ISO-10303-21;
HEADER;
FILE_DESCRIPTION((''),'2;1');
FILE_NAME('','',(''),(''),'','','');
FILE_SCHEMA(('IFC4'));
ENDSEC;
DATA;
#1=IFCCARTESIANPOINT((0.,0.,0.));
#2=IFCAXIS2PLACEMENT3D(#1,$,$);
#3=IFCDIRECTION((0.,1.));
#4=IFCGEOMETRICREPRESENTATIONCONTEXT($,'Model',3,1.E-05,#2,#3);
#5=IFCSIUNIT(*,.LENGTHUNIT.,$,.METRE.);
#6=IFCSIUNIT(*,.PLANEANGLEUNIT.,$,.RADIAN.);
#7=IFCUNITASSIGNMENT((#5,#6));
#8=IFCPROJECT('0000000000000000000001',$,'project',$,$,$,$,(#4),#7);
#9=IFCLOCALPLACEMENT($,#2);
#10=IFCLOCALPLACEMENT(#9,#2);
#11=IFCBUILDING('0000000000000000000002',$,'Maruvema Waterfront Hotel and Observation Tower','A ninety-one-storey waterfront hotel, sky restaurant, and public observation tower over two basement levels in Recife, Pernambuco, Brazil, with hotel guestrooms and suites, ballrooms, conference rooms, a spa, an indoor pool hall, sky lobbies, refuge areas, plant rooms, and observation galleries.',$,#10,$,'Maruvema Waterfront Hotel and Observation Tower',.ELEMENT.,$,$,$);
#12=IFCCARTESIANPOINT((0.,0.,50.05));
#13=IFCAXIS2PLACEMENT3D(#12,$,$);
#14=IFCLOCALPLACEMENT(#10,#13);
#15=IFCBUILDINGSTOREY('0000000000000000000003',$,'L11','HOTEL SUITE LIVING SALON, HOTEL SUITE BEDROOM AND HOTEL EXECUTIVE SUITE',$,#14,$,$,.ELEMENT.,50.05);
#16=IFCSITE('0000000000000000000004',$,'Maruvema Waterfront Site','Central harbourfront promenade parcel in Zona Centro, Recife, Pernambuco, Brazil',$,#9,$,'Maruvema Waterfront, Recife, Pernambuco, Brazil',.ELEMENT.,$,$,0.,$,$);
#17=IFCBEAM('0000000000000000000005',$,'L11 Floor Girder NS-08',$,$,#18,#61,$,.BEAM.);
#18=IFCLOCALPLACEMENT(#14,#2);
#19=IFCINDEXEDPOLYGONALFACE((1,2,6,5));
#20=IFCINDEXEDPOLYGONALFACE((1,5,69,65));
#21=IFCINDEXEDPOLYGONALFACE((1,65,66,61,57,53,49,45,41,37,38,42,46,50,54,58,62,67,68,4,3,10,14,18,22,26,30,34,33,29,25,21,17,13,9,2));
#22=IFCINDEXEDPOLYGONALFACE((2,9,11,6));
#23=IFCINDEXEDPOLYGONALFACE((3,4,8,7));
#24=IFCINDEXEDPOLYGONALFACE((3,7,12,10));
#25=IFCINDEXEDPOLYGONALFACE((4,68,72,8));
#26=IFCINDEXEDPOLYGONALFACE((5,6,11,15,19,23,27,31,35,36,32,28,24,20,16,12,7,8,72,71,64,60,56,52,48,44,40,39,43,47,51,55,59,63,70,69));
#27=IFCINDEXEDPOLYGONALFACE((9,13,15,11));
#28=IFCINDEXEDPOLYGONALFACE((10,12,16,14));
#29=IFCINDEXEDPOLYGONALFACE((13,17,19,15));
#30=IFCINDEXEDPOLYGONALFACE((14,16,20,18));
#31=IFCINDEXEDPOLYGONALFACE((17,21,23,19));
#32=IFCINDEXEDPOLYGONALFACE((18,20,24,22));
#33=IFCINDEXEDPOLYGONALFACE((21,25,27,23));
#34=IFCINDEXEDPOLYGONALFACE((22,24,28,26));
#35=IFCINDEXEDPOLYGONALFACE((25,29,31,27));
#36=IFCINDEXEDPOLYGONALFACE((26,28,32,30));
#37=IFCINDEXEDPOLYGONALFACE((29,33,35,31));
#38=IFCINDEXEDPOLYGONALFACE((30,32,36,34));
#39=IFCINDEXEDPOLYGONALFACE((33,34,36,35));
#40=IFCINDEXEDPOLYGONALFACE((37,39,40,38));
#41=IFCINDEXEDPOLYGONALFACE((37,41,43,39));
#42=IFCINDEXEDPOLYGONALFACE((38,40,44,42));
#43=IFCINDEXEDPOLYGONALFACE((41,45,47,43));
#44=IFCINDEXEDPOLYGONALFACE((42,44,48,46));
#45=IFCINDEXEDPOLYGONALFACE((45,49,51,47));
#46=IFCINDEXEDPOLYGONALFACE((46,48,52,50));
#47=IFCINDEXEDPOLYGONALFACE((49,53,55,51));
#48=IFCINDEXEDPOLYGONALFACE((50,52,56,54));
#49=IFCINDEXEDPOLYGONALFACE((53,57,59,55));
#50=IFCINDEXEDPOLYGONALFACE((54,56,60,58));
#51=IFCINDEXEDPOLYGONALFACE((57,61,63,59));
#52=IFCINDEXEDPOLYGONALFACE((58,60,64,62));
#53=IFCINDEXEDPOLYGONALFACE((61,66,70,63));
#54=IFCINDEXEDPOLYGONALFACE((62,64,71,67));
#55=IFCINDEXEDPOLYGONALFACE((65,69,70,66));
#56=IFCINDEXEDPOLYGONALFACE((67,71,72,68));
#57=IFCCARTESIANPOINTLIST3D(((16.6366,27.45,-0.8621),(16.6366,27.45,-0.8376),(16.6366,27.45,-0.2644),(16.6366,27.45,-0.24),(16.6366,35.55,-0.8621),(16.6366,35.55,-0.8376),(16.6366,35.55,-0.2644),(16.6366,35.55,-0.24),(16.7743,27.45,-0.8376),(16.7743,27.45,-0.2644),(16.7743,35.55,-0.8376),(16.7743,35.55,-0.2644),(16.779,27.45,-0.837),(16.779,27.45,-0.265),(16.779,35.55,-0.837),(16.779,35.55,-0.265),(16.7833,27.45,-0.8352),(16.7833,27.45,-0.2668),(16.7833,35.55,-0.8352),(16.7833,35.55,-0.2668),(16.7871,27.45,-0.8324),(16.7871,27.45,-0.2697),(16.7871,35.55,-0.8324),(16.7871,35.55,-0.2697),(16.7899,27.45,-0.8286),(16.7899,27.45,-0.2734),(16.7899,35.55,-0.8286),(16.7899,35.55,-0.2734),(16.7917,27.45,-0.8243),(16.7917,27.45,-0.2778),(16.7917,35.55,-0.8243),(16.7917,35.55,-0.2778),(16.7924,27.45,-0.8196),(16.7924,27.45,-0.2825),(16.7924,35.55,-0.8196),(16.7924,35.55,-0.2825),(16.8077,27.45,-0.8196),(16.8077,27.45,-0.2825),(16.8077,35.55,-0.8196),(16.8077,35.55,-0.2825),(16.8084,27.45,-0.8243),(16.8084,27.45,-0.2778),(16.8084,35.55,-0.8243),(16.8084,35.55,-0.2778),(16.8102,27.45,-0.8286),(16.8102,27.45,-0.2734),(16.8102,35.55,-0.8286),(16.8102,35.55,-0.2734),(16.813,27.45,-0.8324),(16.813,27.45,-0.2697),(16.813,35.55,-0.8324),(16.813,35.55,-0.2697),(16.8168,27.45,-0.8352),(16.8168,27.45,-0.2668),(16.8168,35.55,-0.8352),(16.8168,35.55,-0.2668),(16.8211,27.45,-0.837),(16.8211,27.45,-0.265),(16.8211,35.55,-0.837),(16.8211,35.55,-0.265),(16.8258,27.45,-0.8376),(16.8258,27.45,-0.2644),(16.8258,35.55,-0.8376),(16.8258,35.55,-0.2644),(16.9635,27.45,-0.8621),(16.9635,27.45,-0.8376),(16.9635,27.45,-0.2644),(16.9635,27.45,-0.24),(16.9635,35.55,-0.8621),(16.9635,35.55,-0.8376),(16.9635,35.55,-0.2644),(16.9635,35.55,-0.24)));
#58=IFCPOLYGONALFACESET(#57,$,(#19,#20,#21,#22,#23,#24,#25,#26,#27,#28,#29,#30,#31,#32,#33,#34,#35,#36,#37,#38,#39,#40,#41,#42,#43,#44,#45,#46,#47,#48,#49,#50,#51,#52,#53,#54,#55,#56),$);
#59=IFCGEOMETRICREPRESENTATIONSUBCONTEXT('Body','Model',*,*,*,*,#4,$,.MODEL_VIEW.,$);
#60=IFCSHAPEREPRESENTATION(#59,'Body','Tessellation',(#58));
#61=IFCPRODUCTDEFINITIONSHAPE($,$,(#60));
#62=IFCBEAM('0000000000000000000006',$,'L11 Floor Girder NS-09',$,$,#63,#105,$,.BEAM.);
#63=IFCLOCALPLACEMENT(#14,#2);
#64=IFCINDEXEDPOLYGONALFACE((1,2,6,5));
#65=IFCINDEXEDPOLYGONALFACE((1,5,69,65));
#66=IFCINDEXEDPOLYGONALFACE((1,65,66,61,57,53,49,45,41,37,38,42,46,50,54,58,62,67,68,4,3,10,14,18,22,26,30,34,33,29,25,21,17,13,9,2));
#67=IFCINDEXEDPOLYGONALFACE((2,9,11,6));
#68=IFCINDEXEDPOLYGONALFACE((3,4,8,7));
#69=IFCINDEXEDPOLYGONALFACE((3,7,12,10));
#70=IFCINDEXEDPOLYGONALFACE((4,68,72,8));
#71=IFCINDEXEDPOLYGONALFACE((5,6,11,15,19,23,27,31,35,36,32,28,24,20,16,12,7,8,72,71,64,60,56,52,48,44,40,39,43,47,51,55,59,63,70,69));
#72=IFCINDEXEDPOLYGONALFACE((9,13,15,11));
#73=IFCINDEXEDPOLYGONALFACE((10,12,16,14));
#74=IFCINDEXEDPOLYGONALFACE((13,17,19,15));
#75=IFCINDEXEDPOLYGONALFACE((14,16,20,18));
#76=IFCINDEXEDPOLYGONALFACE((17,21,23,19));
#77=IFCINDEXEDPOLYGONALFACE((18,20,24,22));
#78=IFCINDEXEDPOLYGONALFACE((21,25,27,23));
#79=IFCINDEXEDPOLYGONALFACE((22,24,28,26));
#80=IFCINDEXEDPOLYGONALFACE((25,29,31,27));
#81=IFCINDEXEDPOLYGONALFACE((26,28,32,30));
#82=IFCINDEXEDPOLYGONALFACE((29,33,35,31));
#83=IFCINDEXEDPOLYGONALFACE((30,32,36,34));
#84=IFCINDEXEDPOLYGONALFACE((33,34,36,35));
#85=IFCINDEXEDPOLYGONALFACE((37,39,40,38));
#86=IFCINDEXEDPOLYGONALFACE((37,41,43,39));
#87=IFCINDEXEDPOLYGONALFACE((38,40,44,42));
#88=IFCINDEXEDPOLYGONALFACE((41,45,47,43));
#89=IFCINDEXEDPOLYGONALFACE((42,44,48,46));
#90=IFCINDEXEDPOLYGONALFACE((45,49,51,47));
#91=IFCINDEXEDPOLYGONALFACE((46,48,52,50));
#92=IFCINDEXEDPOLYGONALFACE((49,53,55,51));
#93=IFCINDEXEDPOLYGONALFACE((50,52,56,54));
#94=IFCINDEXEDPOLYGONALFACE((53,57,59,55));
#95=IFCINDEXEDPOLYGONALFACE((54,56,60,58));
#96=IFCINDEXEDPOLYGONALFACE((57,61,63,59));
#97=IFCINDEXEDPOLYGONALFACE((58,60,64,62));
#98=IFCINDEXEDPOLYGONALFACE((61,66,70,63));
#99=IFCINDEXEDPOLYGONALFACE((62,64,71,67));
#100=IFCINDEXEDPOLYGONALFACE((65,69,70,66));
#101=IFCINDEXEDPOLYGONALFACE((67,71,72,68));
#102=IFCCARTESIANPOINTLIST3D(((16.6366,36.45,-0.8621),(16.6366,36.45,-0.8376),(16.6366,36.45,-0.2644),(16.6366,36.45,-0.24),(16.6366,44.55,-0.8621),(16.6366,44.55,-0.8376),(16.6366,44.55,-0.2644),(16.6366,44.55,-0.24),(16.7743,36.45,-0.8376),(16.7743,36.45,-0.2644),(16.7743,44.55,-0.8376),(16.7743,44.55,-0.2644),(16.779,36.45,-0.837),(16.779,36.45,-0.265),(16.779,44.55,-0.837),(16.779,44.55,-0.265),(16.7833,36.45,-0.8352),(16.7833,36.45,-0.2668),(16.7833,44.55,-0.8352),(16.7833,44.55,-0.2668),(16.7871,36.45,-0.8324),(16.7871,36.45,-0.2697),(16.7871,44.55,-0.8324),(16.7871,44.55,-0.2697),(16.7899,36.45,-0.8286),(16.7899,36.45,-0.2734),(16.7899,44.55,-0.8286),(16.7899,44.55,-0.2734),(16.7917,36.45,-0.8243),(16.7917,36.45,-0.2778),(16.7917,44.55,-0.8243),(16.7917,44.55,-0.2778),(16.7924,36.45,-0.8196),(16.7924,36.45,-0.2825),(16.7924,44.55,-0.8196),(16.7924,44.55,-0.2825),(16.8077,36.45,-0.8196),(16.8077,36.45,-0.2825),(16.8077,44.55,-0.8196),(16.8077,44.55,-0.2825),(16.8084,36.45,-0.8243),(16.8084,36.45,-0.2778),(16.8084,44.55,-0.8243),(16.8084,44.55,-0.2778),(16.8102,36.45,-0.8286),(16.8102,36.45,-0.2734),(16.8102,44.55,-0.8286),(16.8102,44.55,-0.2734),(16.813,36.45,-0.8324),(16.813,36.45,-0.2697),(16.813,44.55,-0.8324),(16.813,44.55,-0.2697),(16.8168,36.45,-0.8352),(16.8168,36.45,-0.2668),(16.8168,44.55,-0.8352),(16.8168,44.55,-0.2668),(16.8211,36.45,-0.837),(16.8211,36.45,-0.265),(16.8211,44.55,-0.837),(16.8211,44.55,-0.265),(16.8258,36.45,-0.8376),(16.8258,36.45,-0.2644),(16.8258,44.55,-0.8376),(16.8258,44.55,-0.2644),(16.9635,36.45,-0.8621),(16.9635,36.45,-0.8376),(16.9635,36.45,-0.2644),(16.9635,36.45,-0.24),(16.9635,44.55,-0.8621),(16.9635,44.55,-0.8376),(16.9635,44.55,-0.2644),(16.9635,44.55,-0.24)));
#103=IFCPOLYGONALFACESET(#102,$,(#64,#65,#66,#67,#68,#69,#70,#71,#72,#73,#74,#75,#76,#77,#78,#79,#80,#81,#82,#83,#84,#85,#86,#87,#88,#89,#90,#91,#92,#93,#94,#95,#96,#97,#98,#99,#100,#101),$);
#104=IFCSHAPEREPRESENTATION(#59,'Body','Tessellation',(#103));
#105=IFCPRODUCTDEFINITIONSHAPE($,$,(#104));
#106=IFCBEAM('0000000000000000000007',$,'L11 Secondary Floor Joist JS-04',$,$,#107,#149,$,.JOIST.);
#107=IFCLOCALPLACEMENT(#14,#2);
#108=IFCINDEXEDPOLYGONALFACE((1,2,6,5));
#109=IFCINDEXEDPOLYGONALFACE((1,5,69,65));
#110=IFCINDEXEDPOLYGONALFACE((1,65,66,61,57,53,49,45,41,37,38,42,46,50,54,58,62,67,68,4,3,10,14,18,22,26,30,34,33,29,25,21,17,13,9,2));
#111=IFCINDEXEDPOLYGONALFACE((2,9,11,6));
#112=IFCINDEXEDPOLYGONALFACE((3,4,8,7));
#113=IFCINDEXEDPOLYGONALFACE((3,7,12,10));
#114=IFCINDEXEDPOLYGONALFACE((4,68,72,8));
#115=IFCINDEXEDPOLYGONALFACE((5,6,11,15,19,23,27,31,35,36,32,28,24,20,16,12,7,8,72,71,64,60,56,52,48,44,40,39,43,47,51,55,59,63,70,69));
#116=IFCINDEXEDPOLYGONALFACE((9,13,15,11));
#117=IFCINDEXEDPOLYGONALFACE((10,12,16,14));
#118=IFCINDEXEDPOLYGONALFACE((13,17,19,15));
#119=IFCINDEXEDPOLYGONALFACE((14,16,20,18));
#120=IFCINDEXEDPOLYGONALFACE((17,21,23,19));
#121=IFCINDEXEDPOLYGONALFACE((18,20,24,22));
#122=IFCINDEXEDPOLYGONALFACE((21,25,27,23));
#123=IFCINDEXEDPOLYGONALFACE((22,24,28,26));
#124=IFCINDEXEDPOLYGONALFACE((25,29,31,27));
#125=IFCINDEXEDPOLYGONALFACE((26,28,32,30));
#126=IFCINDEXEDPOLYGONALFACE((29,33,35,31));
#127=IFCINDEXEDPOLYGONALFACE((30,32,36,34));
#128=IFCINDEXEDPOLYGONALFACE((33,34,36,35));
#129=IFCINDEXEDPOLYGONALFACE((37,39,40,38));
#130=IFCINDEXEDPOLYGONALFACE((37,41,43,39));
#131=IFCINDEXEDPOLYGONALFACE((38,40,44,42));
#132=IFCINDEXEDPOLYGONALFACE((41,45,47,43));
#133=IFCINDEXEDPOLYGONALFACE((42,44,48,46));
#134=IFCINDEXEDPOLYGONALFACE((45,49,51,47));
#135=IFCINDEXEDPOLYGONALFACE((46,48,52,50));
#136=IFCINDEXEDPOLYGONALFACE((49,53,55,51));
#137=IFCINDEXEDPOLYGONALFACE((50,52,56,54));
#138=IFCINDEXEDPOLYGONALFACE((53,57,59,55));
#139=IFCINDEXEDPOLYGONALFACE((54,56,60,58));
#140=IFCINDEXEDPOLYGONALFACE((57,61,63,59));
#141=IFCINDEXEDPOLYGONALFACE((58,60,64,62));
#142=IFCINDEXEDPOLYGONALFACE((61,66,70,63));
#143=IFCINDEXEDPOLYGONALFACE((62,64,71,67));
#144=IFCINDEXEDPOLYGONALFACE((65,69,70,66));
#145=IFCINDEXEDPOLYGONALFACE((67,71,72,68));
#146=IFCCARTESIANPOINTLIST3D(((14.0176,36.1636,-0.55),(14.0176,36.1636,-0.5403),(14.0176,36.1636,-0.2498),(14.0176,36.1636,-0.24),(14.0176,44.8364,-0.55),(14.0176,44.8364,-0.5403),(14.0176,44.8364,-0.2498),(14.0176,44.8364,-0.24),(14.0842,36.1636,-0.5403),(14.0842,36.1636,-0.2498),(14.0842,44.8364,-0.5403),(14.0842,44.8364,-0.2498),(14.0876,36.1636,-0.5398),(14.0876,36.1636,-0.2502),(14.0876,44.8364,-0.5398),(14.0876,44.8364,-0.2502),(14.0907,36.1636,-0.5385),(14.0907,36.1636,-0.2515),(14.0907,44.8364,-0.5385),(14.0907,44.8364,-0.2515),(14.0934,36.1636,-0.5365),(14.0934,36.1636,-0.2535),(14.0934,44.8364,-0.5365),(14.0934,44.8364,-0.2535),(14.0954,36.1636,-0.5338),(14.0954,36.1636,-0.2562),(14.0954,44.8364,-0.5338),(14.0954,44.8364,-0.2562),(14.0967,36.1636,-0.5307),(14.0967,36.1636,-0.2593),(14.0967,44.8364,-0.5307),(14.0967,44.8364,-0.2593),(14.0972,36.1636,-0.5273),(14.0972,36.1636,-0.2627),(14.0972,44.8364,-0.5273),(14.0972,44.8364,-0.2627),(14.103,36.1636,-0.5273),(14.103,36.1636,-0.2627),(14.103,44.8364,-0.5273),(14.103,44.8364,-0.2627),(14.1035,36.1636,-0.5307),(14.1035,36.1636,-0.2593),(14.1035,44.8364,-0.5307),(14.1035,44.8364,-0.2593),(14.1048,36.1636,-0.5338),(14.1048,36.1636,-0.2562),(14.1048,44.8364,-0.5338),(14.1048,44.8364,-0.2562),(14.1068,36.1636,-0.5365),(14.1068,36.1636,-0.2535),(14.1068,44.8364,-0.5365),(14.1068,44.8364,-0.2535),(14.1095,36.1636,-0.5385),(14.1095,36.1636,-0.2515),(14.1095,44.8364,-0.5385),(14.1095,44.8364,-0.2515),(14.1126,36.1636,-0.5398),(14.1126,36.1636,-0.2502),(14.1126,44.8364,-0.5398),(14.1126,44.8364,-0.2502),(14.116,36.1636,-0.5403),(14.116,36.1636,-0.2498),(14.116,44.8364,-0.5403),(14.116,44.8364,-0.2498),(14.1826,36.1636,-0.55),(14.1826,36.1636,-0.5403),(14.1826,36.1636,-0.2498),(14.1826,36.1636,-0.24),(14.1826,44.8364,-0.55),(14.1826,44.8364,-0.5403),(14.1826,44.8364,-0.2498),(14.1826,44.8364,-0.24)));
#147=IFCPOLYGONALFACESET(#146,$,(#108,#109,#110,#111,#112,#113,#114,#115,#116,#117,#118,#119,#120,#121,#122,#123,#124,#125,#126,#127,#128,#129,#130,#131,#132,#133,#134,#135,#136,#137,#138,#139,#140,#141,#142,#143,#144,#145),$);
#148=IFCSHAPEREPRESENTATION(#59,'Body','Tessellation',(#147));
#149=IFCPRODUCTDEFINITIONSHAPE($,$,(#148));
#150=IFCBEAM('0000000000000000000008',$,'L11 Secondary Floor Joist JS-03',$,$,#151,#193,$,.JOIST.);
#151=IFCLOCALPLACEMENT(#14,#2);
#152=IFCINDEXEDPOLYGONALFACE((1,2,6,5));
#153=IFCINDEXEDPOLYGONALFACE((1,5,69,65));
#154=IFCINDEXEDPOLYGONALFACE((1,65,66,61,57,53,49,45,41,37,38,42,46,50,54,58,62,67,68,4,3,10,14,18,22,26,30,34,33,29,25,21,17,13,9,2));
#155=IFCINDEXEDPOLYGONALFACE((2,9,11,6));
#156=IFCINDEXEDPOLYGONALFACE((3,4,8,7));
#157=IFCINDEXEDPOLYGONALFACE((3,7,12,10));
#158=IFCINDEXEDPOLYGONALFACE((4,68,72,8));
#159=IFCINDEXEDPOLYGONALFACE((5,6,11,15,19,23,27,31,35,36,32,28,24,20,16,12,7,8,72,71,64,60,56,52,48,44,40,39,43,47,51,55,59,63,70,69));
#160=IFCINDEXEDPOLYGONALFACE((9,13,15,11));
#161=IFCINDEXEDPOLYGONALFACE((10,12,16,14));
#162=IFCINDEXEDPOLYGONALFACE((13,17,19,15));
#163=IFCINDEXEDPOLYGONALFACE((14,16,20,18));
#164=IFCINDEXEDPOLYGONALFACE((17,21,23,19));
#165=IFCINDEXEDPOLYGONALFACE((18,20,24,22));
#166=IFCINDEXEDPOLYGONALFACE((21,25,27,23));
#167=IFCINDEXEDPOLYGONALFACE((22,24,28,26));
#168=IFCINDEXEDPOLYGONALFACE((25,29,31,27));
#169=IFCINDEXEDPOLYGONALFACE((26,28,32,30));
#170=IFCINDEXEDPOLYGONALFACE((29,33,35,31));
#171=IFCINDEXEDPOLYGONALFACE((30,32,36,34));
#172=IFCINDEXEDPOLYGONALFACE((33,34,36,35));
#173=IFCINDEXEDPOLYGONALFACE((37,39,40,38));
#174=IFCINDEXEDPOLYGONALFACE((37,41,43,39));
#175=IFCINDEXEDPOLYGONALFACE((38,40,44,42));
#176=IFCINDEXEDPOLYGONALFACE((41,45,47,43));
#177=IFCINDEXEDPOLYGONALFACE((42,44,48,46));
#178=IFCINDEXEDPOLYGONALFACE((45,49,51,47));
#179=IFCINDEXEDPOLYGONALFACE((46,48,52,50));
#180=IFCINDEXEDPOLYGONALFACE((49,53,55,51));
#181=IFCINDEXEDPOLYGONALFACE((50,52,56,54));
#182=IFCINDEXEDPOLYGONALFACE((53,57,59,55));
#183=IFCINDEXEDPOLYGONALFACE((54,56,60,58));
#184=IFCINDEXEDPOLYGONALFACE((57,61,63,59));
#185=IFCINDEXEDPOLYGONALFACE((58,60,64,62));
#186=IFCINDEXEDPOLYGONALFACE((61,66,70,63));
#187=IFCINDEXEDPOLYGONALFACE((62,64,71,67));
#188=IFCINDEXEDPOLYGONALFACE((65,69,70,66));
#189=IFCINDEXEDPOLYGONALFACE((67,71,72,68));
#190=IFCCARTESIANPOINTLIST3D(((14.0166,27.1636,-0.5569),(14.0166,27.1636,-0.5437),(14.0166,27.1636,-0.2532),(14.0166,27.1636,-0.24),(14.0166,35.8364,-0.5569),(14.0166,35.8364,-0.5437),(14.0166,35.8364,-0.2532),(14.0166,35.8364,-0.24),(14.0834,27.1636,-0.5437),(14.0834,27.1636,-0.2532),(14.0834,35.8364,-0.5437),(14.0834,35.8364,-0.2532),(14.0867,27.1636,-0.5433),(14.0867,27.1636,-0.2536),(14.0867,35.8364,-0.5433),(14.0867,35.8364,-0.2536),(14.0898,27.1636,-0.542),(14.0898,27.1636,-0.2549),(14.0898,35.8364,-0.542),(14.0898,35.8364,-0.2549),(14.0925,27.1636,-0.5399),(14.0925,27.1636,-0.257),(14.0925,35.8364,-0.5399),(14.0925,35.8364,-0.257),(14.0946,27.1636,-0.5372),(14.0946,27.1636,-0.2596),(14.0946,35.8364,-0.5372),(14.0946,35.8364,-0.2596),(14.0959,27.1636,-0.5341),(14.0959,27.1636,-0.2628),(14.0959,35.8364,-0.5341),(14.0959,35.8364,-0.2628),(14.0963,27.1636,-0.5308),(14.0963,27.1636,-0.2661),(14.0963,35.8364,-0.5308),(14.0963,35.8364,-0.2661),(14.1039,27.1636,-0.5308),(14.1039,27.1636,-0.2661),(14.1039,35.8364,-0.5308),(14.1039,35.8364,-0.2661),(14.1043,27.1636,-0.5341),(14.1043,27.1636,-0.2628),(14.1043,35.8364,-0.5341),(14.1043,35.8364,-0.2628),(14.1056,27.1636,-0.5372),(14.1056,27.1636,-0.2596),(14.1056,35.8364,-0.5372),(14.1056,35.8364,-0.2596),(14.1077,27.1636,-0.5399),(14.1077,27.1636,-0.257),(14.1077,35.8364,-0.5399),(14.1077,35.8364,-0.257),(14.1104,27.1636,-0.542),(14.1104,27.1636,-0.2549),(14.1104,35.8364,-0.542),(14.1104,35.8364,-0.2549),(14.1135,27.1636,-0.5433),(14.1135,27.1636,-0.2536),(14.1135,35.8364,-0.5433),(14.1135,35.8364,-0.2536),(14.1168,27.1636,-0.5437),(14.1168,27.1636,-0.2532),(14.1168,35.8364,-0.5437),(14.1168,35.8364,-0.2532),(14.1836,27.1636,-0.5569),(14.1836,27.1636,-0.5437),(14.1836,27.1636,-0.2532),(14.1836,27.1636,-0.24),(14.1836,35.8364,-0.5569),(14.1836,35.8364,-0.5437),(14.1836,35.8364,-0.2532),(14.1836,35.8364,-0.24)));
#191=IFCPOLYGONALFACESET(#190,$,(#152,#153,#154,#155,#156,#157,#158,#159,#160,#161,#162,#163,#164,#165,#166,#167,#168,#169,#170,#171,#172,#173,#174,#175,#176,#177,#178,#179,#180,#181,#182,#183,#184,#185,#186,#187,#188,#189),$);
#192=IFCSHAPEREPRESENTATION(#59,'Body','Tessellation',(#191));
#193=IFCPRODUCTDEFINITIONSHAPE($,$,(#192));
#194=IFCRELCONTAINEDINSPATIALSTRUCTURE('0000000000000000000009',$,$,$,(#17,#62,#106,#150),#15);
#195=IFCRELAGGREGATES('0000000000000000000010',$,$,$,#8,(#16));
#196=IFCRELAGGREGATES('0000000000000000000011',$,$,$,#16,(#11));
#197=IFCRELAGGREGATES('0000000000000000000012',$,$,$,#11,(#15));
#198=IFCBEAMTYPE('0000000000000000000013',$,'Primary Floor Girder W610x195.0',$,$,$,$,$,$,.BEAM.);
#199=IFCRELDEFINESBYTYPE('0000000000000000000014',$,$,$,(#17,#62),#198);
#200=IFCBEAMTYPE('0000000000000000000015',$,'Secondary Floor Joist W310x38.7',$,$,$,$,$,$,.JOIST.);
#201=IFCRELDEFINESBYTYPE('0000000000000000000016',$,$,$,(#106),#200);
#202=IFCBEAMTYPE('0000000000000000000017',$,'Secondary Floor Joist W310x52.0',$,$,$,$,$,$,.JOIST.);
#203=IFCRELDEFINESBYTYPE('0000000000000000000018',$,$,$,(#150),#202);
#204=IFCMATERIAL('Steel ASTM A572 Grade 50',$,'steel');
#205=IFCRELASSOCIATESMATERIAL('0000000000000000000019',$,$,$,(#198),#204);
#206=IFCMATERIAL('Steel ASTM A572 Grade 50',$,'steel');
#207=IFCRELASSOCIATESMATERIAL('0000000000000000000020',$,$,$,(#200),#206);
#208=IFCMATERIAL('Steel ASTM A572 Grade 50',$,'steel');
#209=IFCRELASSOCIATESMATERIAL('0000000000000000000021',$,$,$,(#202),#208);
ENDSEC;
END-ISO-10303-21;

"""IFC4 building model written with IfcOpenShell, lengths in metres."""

from ifc_helpers import new_model, si_unit, direction, frame, origin, origin_2d, place, context, subcontext, project, spatial, i_section, extrude, material, material_profile, profile_set, type_object, element, save


model = new_model("IFC4")

# Units and contexts
model_context = context("Model", 3, precision=1e-05, world=origin(), true_north=direction((0.0, 1.0)))
body_context = subcontext(model_context, "Body", "Model", "MODEL_VIEW")
ifc_project = project(units=[si_unit("LENGTHUNIT", "METRE"), si_unit("PLANEANGLEUNIT", "RADIAN")], contexts=[model_context])

# Site, building, storey
site_placement = place(None, origin())
site = spatial("IfcSite", under=ifc_project, at=site_placement, Name="Maruvema Waterfront Site", Description="Central harbourfront promenade parcel in Zona Centro, Recife, Pernambuco, Brazil", LongName="Maruvema Waterfront, Recife, Pernambuco, Brazil", CompositionType="ELEMENT", RefElevation=0.0)
building_placement = place(site_placement, origin())
building = spatial("IfcBuilding", under=site, at=building_placement, Name="Maruvema Waterfront Hotel and Observation Tower", Description="A ninety-one-storey waterfront hotel, sky restaurant, and public observation tower over two basement levels in Recife, Pernambuco, Brazil, with hotel guestrooms and suites, ballrooms, conference rooms, a spa, an indoor pool hall, sky lobbies, refuge areas, plant rooms, and observation galleries.", LongName="Maruvema Waterfront Hotel and Observation Tower", CompositionType="ELEMENT")
storey_placement = place(building_placement, frame((0.0, 0.0, 50.05)))
storey = spatial("IfcBuildingStorey", under=building, at=storey_placement, Name="L11", Description="HOTEL SUITE LIVING SALON, HOTEL SUITE BEDROOM AND HOTEL EXECUTIVE SUITE", CompositionType="ELEMENT", Elevation=50.05)

# Beams
ifc_material_1 = material(Name="Steel ASTM A572 Grade 50", Category="steel")
ifc_material_profile_1 = material_profile(ifc_material_1, i_section(OverallWidth=0.3269, OverallDepth=0.6221, WebThickness=0.0154, FlangeThickness=0.0244, FilletRadius=0.0181, at=origin_2d()), Name="W610x195.0")
ifc_profile_set_1 = profile_set([ifc_material_profile_1], Name="Steel ASTM A572 Grade 50")
beam_type_1 = type_object("IfcBeamType", Name="Primary Floor Girder W610x195.0", PredefinedType="BEAM", material=ifc_profile_set_1)
for number, where, z_axis, x_axis, name in (
    (1, (16.8, 27.45, -0.551), (0.0, 1.0, 0.0), (-1.0, 0.0, 0.0), "L11 Floor Girder NS-08"),
    (2, (16.8, 36.45, -0.551), (0.0, 1.0, 0.0), (-1.0, 0.0, 0.0), "L11 Floor Girder NS-09"),
):
    element("IfcBeam", number, at=place(storey_placement, frame(where, z_axis=z_axis, x_axis=x_axis)), inside=storey, type_object=beam_type_1, Name=name, PredefinedType="BEAM", context=body_context, shape_type="SweptSolid", body=[
        extrude(i_section(OverallWidth=0.3269, OverallDepth=0.6221, WebThickness=0.0154, FlangeThickness=0.0244, FilletRadius=0.0181, at=origin_2d()), origin(), (0.0, 0.0, 1.0), 8.1001),
    ])
ifc_material_2 = material(Name="Steel ASTM A572 Grade 50", Category="steel")
ifc_material_profile_2 = material_profile(ifc_material_2, i_section(OverallWidth=0.165, OverallDepth=0.3101, WebThickness=0.0059, FlangeThickness=0.0098, FilletRadius=0.0129, at=origin_2d()), Name="W310x38.7")
ifc_profile_set_2 = profile_set([ifc_material_profile_2], Name="Steel ASTM A572 Grade 50")
beam_type_2 = type_object("IfcBeamType", Name="Secondary Floor Joist W310x38.7", PredefinedType="JOIST", material=ifc_profile_set_2)
beam_1_placement = place(storey_placement, frame((14.1001, 36.1636, -0.395), z_axis=(0.0, 1.0, 0.0), x_axis=(-1.0, 0.0, 0.0)))
element("IfcBeam", 3, at=beam_1_placement, inside=storey, type_object=beam_type_2, Name="L11 Secondary Floor Joist JS-04", PredefinedType="JOIST", context=body_context, shape_type="SweptSolid", body=[
    extrude(i_section(OverallWidth=0.165, OverallDepth=0.3101, WebThickness=0.0059, FlangeThickness=0.0098, FilletRadius=0.0129, at=origin_2d()), origin(), (0.0, 0.0, 1.0), 8.6729),
])
ifc_material_3 = material(Name="Steel ASTM A572 Grade 50", Category="steel")
ifc_material_profile_3 = material_profile(ifc_material_3, i_section(OverallWidth=0.167, OverallDepth=0.3169, WebThickness=0.0076, FlangeThickness=0.0132, FilletRadius=0.0129, at=origin_2d()), Name="W310x52.0")
ifc_profile_set_3 = profile_set([ifc_material_profile_3], Name="Steel ASTM A572 Grade 50")
beam_type_3 = type_object("IfcBeamType", Name="Secondary Floor Joist W310x52.0", PredefinedType="JOIST", material=ifc_profile_set_3)
beam_2_placement = place(storey_placement, frame((14.1001, 27.1636, -0.3984), z_axis=(0.0, 1.0, 0.0), x_axis=(-1.0, 0.0, 0.0)))
element("IfcBeam", 4, at=beam_2_placement, inside=storey, type_object=beam_type_3, Name="L11 Secondary Floor Joist JS-03", PredefinedType="JOIST", context=body_context, shape_type="SweptSolid", body=[
    extrude(i_section(OverallWidth=0.167, OverallDepth=0.3169, WebThickness=0.0076, FlangeThickness=0.0132, FilletRadius=0.0129, at=origin_2d()), origin(), (0.0, 0.0, 1.0), 8.6729),
])

save(model, "model.ifc")
